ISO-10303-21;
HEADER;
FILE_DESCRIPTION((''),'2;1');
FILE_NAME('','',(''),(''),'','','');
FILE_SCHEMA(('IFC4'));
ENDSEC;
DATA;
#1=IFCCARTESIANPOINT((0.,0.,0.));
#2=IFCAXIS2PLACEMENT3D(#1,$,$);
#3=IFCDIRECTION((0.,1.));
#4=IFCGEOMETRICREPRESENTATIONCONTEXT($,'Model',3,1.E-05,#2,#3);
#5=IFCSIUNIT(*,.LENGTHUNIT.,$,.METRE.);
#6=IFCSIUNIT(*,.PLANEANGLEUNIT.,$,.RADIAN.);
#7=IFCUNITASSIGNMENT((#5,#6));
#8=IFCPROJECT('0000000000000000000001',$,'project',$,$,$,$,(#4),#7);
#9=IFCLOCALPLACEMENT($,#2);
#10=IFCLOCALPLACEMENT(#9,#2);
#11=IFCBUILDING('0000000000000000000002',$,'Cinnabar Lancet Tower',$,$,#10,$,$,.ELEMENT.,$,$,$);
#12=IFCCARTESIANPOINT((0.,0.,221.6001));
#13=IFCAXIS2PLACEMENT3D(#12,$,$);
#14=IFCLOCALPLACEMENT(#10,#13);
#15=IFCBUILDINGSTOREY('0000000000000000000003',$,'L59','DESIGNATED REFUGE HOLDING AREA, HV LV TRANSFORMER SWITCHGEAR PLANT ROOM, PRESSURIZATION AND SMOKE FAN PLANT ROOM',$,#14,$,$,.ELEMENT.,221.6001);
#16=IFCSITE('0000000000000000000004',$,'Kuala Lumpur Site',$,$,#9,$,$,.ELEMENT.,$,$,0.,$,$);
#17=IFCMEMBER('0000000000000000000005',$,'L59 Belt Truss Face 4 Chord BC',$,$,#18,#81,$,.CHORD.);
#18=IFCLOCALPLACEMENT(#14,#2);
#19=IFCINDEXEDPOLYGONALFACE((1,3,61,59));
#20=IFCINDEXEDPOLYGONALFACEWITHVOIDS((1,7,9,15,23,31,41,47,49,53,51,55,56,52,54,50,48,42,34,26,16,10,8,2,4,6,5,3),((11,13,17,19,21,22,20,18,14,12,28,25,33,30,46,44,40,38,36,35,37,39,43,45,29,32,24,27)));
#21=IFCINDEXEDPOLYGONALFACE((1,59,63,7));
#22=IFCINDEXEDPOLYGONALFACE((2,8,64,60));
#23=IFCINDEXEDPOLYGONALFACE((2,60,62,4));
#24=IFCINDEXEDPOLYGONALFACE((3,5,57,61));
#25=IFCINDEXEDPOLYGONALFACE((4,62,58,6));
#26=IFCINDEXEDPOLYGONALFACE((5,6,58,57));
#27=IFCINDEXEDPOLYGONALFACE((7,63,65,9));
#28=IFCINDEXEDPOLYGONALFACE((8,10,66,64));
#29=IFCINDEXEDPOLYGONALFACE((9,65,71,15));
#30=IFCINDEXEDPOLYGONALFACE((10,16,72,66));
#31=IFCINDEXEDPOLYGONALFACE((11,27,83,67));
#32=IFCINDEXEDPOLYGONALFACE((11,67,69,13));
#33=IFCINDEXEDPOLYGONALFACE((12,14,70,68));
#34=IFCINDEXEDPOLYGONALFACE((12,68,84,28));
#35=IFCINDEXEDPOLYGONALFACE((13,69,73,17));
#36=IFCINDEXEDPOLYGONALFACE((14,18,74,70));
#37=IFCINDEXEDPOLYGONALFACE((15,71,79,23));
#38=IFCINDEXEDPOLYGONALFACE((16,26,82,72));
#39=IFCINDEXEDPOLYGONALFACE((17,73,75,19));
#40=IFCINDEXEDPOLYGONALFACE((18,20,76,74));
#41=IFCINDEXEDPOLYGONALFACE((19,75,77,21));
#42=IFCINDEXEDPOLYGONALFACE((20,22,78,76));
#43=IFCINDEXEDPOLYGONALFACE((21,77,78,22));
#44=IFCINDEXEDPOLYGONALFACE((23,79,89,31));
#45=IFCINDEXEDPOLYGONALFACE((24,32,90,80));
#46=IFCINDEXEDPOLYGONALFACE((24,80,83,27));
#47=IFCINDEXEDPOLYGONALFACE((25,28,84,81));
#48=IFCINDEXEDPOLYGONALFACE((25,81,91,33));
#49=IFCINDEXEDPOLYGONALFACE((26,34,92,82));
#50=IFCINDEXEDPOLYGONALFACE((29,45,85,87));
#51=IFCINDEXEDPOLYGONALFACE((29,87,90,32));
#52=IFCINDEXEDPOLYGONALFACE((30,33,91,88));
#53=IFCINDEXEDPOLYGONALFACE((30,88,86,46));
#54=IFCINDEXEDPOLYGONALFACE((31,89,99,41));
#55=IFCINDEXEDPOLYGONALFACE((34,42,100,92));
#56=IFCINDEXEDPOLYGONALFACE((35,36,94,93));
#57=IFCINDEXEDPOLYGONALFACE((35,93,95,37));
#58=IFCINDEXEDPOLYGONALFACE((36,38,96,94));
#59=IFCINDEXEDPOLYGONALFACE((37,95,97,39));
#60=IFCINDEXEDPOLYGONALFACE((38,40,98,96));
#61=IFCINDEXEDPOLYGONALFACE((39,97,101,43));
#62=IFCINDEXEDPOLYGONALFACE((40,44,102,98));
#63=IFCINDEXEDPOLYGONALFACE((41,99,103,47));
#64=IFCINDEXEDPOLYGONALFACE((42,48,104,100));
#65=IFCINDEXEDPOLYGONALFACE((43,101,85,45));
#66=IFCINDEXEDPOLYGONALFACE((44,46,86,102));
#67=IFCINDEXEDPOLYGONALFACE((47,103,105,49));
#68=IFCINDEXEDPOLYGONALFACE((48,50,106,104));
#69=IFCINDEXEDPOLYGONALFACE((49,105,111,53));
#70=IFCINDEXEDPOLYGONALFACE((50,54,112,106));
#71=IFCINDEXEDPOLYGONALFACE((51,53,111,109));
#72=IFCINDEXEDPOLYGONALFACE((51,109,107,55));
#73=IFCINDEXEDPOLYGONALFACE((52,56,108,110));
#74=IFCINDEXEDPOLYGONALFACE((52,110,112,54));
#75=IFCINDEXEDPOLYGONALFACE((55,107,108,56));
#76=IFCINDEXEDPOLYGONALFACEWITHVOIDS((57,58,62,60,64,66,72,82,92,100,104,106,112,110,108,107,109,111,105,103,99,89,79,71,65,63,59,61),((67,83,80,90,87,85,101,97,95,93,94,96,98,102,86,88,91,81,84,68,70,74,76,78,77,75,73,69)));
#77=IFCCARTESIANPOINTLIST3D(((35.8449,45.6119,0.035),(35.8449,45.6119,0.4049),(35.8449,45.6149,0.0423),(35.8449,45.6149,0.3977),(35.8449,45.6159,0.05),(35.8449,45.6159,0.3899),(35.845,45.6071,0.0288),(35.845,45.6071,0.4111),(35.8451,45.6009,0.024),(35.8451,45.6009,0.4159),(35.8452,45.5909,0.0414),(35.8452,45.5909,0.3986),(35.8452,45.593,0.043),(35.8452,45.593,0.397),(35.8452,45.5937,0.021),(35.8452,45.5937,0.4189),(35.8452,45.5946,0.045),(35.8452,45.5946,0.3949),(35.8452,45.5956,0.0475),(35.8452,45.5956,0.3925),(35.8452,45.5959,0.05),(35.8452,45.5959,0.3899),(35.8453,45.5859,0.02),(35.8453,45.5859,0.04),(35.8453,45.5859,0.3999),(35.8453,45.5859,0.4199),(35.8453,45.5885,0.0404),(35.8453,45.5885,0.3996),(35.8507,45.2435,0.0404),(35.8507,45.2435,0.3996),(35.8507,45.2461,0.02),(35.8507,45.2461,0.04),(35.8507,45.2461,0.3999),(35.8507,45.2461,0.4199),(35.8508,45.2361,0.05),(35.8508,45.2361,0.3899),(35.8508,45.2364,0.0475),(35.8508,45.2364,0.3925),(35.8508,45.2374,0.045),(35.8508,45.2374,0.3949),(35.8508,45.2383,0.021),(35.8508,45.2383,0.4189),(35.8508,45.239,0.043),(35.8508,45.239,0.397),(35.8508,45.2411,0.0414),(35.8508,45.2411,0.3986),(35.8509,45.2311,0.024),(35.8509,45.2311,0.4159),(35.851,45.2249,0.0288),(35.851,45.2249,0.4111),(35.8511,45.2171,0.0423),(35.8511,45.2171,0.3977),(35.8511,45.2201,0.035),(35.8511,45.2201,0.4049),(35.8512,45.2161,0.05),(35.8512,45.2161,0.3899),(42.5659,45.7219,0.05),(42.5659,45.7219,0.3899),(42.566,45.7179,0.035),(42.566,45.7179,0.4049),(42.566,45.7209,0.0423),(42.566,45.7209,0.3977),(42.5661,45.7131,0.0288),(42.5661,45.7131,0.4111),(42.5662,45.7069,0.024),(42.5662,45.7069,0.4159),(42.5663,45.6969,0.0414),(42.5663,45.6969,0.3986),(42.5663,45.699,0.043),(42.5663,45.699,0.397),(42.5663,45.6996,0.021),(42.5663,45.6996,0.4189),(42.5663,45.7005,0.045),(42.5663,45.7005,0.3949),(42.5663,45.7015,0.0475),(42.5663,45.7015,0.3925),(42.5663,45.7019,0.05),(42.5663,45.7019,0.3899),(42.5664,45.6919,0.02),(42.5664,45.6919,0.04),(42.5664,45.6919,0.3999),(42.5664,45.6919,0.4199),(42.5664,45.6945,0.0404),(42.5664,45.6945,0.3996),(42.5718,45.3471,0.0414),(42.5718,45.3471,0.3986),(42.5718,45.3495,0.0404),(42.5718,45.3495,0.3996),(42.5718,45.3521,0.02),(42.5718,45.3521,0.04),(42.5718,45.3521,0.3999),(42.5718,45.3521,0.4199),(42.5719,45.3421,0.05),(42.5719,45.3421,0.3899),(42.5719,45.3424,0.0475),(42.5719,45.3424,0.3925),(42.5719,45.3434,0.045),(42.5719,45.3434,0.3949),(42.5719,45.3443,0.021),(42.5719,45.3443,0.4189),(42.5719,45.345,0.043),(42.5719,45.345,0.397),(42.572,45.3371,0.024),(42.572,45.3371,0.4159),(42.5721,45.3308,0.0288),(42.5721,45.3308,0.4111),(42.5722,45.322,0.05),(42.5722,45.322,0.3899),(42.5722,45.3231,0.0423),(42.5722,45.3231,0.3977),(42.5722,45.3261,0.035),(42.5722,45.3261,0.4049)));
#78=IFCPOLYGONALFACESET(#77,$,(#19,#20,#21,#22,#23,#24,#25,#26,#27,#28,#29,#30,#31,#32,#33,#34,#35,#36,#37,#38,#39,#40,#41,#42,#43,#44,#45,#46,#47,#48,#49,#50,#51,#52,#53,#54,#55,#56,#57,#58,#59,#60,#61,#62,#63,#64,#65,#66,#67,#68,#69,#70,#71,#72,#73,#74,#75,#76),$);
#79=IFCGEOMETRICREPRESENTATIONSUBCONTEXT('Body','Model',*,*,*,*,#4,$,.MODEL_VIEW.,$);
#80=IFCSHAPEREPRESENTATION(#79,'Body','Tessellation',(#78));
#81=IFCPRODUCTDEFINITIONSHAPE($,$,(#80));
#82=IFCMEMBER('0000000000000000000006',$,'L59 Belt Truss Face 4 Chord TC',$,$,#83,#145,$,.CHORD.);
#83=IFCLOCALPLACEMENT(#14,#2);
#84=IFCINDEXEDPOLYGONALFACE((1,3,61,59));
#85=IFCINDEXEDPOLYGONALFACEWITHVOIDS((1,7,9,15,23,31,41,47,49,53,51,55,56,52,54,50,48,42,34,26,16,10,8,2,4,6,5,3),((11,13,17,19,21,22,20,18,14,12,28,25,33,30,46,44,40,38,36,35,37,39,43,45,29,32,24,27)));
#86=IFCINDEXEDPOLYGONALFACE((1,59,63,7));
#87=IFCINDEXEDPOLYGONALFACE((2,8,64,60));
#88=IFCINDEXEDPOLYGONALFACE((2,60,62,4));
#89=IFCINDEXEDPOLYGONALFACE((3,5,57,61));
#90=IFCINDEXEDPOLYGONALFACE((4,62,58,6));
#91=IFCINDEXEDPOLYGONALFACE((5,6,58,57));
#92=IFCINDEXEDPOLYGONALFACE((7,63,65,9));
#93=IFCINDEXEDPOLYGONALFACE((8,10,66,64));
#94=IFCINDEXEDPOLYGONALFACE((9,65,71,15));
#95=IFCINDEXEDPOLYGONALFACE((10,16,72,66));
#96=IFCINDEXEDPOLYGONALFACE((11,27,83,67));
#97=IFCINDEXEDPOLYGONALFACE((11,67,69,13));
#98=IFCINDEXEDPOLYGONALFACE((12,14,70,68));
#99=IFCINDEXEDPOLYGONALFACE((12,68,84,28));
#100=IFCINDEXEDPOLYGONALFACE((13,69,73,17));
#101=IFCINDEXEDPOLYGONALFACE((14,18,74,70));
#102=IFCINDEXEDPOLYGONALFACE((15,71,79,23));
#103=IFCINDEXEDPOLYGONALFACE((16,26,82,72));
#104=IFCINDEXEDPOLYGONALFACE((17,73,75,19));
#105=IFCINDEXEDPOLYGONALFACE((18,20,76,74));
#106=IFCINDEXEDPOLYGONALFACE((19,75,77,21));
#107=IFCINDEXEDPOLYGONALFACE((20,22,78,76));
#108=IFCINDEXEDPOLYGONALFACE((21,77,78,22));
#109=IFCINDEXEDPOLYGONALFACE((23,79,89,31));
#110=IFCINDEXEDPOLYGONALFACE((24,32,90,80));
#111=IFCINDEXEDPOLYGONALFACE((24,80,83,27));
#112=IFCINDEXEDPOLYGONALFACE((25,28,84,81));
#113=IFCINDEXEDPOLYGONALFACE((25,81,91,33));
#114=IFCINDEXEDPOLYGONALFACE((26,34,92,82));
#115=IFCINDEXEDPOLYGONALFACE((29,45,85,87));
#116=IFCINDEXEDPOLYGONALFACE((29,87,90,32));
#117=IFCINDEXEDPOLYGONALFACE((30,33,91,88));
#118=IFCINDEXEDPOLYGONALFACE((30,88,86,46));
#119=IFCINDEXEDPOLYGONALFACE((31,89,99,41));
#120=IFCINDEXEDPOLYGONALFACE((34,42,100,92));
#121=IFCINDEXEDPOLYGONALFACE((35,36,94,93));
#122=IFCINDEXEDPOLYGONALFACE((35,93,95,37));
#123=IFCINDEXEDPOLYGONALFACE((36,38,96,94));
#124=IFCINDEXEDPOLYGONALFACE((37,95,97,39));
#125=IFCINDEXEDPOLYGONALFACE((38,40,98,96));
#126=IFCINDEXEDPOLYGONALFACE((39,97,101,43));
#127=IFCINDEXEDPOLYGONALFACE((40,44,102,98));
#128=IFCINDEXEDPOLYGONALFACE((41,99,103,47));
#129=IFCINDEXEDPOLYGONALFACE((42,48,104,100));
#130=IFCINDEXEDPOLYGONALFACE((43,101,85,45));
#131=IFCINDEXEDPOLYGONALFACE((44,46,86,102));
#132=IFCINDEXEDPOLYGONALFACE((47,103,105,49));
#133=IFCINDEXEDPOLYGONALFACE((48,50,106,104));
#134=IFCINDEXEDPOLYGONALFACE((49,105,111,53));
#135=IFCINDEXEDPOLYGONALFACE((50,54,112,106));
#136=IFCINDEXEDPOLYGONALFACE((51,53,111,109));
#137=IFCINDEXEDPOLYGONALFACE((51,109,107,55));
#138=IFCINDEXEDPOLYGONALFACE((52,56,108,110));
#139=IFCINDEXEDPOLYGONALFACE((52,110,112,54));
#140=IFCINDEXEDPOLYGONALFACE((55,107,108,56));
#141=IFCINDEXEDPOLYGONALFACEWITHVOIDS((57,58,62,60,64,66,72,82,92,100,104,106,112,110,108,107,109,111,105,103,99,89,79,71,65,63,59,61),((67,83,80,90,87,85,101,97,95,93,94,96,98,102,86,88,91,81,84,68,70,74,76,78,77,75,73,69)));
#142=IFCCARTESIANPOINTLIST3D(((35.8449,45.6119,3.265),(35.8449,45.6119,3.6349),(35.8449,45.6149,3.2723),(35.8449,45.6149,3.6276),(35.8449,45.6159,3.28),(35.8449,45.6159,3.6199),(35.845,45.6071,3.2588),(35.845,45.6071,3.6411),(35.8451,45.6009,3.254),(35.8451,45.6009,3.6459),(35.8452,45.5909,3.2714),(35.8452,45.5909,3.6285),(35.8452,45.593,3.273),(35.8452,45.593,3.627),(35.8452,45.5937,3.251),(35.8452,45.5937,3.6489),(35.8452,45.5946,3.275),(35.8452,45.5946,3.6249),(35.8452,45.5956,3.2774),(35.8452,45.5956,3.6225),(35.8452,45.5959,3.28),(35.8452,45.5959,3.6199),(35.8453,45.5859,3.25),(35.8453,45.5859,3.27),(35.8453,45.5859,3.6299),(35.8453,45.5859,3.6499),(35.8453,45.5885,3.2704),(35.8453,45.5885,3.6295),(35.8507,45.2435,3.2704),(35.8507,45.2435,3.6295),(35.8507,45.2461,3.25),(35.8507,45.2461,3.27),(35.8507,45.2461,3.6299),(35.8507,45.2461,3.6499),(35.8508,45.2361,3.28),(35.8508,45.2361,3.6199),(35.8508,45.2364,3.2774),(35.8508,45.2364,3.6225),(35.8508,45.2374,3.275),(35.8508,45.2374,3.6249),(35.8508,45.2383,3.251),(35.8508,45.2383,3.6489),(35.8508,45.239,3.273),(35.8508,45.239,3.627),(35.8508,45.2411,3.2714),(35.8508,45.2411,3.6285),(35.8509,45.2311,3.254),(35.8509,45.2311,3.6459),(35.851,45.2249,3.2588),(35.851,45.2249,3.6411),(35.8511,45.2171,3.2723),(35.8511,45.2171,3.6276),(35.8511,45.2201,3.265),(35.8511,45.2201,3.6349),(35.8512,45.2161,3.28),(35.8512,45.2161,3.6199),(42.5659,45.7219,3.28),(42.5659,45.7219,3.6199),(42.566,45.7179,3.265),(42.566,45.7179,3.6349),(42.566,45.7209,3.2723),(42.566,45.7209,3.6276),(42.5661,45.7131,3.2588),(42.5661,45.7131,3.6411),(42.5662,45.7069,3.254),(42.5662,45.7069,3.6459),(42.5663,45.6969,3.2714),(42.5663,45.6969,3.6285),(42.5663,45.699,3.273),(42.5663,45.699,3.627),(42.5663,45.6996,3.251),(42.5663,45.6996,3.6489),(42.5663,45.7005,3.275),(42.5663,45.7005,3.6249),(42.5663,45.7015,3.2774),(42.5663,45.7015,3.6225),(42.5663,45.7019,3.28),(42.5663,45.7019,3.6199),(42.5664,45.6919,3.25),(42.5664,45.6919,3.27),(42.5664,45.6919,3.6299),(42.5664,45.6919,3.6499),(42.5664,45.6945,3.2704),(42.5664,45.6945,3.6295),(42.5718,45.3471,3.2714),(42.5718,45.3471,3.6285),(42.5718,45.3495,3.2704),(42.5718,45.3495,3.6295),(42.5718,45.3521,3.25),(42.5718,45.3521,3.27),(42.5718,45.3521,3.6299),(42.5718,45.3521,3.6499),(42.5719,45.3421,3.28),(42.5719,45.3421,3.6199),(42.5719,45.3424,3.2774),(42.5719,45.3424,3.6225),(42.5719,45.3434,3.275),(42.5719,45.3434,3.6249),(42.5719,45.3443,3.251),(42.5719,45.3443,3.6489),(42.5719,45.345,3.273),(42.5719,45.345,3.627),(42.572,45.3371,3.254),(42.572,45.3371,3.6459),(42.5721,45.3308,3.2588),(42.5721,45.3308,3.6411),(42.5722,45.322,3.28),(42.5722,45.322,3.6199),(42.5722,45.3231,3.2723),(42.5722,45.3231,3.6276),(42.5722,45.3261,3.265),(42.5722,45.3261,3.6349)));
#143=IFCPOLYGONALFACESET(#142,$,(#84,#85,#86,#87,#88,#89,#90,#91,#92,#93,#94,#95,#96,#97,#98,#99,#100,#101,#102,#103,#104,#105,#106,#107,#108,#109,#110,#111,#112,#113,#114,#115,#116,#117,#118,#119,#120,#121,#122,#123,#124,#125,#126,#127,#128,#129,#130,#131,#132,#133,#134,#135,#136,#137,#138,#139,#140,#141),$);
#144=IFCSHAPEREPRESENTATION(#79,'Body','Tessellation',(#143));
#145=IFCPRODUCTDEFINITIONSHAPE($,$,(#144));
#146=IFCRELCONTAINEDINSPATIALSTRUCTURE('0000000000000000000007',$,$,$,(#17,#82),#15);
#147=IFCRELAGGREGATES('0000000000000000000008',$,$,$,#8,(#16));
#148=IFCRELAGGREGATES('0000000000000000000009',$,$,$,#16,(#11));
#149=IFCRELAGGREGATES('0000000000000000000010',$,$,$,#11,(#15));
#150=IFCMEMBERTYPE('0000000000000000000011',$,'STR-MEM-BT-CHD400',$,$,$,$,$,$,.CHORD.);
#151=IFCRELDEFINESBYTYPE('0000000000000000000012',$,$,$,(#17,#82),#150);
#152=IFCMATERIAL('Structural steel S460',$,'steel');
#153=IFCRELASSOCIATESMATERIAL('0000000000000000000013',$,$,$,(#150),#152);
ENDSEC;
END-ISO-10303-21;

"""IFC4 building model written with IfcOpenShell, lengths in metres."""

from ifc_helpers import new_model, si_unit, direction, frame, origin, origin_2d, place, context, subcontext, project, spatial, hollow_rectangle, extrude, material, material_profile, profile_set, type_object, element, save


model = new_model("IFC4")

# Units and contexts
model_context = context("Model", 3, precision=1e-05, world=origin(), true_north=direction((0.0, 1.0)))
body_context = subcontext(model_context, "Body", "Model", "MODEL_VIEW")
ifc_project = project(units=[si_unit("LENGTHUNIT", "METRE"), si_unit("PLANEANGLEUNIT", "RADIAN")], contexts=[model_context])

# Site, building, storey
site_placement = place(None, origin())
site = spatial("IfcSite", under=ifc_project, at=site_placement, Name="Kuala Lumpur Site", CompositionType="ELEMENT", RefElevation=0.0)
building_placement = place(site_placement, origin())
building = spatial("IfcBuilding", under=site, at=building_placement, Name="Cinnabar Lancet Tower", CompositionType="ELEMENT")
storey_placement = place(building_placement, frame((0.0, 0.0, 221.6001)))
storey = spatial("IfcBuildingStorey", under=building, at=storey_placement, Name="L59", Description="DESIGNATED REFUGE HOLDING AREA, HV LV TRANSFORMER SWITCHGEAR PLANT ROOM, PRESSURIZATION AND SMOKE FAN PLANT ROOM", CompositionType="ELEMENT", Elevation=221.6001)

# Members
ifc_material_1 = material(Name="Structural steel S460", Category="steel")
ifc_material_profile_1 = material_profile(ifc_material_1, hollow_rectangle(XDim=0.3999, YDim=0.3999, WallThickness=0.02, InnerFilletRadius=0.01, OuterFilletRadius=0.03, at=origin_2d()), Name="SHS 400x400x20")
ifc_profile_set_1 = profile_set([ifc_material_profile_1], Name="Structural steel S460")
member_type_1 = type_object("IfcMemberType", Name="STR-MEM-BT-CHD400", PredefinedType="CHORD", material=ifc_profile_set_1)
for number, where, z_axis, x_axis, name in (
    (1, (42.5691, 45.522, 0.22), (-0.999876, -0.015763, 0.0), (0.015763, -0.999876, 0.0), "L59 Belt Truss Face 4 Chord BC"),
    (2, (42.5691, 45.522, 3.45), (-0.999876, -0.015763, 0.0), (0.015763, -0.999876, 0.0), "L59 Belt Truss Face 4 Chord TC"),
):
    element("IfcMember", number, at=place(storey_placement, frame(where, z_axis=z_axis, x_axis=x_axis)), inside=storey, type_object=member_type_1, Name=name, PredefinedType="CHORD", context=body_context, shape_type="SweptSolid", body=[
        extrude(hollow_rectangle(XDim=0.3999, YDim=0.3999, WallThickness=0.02, InnerFilletRadius=0.01, OuterFilletRadius=0.03, at=origin_2d()), origin(), (0.0, 0.0, 1.0), 6.7219),
    ])

save(model, "model.ifc")
